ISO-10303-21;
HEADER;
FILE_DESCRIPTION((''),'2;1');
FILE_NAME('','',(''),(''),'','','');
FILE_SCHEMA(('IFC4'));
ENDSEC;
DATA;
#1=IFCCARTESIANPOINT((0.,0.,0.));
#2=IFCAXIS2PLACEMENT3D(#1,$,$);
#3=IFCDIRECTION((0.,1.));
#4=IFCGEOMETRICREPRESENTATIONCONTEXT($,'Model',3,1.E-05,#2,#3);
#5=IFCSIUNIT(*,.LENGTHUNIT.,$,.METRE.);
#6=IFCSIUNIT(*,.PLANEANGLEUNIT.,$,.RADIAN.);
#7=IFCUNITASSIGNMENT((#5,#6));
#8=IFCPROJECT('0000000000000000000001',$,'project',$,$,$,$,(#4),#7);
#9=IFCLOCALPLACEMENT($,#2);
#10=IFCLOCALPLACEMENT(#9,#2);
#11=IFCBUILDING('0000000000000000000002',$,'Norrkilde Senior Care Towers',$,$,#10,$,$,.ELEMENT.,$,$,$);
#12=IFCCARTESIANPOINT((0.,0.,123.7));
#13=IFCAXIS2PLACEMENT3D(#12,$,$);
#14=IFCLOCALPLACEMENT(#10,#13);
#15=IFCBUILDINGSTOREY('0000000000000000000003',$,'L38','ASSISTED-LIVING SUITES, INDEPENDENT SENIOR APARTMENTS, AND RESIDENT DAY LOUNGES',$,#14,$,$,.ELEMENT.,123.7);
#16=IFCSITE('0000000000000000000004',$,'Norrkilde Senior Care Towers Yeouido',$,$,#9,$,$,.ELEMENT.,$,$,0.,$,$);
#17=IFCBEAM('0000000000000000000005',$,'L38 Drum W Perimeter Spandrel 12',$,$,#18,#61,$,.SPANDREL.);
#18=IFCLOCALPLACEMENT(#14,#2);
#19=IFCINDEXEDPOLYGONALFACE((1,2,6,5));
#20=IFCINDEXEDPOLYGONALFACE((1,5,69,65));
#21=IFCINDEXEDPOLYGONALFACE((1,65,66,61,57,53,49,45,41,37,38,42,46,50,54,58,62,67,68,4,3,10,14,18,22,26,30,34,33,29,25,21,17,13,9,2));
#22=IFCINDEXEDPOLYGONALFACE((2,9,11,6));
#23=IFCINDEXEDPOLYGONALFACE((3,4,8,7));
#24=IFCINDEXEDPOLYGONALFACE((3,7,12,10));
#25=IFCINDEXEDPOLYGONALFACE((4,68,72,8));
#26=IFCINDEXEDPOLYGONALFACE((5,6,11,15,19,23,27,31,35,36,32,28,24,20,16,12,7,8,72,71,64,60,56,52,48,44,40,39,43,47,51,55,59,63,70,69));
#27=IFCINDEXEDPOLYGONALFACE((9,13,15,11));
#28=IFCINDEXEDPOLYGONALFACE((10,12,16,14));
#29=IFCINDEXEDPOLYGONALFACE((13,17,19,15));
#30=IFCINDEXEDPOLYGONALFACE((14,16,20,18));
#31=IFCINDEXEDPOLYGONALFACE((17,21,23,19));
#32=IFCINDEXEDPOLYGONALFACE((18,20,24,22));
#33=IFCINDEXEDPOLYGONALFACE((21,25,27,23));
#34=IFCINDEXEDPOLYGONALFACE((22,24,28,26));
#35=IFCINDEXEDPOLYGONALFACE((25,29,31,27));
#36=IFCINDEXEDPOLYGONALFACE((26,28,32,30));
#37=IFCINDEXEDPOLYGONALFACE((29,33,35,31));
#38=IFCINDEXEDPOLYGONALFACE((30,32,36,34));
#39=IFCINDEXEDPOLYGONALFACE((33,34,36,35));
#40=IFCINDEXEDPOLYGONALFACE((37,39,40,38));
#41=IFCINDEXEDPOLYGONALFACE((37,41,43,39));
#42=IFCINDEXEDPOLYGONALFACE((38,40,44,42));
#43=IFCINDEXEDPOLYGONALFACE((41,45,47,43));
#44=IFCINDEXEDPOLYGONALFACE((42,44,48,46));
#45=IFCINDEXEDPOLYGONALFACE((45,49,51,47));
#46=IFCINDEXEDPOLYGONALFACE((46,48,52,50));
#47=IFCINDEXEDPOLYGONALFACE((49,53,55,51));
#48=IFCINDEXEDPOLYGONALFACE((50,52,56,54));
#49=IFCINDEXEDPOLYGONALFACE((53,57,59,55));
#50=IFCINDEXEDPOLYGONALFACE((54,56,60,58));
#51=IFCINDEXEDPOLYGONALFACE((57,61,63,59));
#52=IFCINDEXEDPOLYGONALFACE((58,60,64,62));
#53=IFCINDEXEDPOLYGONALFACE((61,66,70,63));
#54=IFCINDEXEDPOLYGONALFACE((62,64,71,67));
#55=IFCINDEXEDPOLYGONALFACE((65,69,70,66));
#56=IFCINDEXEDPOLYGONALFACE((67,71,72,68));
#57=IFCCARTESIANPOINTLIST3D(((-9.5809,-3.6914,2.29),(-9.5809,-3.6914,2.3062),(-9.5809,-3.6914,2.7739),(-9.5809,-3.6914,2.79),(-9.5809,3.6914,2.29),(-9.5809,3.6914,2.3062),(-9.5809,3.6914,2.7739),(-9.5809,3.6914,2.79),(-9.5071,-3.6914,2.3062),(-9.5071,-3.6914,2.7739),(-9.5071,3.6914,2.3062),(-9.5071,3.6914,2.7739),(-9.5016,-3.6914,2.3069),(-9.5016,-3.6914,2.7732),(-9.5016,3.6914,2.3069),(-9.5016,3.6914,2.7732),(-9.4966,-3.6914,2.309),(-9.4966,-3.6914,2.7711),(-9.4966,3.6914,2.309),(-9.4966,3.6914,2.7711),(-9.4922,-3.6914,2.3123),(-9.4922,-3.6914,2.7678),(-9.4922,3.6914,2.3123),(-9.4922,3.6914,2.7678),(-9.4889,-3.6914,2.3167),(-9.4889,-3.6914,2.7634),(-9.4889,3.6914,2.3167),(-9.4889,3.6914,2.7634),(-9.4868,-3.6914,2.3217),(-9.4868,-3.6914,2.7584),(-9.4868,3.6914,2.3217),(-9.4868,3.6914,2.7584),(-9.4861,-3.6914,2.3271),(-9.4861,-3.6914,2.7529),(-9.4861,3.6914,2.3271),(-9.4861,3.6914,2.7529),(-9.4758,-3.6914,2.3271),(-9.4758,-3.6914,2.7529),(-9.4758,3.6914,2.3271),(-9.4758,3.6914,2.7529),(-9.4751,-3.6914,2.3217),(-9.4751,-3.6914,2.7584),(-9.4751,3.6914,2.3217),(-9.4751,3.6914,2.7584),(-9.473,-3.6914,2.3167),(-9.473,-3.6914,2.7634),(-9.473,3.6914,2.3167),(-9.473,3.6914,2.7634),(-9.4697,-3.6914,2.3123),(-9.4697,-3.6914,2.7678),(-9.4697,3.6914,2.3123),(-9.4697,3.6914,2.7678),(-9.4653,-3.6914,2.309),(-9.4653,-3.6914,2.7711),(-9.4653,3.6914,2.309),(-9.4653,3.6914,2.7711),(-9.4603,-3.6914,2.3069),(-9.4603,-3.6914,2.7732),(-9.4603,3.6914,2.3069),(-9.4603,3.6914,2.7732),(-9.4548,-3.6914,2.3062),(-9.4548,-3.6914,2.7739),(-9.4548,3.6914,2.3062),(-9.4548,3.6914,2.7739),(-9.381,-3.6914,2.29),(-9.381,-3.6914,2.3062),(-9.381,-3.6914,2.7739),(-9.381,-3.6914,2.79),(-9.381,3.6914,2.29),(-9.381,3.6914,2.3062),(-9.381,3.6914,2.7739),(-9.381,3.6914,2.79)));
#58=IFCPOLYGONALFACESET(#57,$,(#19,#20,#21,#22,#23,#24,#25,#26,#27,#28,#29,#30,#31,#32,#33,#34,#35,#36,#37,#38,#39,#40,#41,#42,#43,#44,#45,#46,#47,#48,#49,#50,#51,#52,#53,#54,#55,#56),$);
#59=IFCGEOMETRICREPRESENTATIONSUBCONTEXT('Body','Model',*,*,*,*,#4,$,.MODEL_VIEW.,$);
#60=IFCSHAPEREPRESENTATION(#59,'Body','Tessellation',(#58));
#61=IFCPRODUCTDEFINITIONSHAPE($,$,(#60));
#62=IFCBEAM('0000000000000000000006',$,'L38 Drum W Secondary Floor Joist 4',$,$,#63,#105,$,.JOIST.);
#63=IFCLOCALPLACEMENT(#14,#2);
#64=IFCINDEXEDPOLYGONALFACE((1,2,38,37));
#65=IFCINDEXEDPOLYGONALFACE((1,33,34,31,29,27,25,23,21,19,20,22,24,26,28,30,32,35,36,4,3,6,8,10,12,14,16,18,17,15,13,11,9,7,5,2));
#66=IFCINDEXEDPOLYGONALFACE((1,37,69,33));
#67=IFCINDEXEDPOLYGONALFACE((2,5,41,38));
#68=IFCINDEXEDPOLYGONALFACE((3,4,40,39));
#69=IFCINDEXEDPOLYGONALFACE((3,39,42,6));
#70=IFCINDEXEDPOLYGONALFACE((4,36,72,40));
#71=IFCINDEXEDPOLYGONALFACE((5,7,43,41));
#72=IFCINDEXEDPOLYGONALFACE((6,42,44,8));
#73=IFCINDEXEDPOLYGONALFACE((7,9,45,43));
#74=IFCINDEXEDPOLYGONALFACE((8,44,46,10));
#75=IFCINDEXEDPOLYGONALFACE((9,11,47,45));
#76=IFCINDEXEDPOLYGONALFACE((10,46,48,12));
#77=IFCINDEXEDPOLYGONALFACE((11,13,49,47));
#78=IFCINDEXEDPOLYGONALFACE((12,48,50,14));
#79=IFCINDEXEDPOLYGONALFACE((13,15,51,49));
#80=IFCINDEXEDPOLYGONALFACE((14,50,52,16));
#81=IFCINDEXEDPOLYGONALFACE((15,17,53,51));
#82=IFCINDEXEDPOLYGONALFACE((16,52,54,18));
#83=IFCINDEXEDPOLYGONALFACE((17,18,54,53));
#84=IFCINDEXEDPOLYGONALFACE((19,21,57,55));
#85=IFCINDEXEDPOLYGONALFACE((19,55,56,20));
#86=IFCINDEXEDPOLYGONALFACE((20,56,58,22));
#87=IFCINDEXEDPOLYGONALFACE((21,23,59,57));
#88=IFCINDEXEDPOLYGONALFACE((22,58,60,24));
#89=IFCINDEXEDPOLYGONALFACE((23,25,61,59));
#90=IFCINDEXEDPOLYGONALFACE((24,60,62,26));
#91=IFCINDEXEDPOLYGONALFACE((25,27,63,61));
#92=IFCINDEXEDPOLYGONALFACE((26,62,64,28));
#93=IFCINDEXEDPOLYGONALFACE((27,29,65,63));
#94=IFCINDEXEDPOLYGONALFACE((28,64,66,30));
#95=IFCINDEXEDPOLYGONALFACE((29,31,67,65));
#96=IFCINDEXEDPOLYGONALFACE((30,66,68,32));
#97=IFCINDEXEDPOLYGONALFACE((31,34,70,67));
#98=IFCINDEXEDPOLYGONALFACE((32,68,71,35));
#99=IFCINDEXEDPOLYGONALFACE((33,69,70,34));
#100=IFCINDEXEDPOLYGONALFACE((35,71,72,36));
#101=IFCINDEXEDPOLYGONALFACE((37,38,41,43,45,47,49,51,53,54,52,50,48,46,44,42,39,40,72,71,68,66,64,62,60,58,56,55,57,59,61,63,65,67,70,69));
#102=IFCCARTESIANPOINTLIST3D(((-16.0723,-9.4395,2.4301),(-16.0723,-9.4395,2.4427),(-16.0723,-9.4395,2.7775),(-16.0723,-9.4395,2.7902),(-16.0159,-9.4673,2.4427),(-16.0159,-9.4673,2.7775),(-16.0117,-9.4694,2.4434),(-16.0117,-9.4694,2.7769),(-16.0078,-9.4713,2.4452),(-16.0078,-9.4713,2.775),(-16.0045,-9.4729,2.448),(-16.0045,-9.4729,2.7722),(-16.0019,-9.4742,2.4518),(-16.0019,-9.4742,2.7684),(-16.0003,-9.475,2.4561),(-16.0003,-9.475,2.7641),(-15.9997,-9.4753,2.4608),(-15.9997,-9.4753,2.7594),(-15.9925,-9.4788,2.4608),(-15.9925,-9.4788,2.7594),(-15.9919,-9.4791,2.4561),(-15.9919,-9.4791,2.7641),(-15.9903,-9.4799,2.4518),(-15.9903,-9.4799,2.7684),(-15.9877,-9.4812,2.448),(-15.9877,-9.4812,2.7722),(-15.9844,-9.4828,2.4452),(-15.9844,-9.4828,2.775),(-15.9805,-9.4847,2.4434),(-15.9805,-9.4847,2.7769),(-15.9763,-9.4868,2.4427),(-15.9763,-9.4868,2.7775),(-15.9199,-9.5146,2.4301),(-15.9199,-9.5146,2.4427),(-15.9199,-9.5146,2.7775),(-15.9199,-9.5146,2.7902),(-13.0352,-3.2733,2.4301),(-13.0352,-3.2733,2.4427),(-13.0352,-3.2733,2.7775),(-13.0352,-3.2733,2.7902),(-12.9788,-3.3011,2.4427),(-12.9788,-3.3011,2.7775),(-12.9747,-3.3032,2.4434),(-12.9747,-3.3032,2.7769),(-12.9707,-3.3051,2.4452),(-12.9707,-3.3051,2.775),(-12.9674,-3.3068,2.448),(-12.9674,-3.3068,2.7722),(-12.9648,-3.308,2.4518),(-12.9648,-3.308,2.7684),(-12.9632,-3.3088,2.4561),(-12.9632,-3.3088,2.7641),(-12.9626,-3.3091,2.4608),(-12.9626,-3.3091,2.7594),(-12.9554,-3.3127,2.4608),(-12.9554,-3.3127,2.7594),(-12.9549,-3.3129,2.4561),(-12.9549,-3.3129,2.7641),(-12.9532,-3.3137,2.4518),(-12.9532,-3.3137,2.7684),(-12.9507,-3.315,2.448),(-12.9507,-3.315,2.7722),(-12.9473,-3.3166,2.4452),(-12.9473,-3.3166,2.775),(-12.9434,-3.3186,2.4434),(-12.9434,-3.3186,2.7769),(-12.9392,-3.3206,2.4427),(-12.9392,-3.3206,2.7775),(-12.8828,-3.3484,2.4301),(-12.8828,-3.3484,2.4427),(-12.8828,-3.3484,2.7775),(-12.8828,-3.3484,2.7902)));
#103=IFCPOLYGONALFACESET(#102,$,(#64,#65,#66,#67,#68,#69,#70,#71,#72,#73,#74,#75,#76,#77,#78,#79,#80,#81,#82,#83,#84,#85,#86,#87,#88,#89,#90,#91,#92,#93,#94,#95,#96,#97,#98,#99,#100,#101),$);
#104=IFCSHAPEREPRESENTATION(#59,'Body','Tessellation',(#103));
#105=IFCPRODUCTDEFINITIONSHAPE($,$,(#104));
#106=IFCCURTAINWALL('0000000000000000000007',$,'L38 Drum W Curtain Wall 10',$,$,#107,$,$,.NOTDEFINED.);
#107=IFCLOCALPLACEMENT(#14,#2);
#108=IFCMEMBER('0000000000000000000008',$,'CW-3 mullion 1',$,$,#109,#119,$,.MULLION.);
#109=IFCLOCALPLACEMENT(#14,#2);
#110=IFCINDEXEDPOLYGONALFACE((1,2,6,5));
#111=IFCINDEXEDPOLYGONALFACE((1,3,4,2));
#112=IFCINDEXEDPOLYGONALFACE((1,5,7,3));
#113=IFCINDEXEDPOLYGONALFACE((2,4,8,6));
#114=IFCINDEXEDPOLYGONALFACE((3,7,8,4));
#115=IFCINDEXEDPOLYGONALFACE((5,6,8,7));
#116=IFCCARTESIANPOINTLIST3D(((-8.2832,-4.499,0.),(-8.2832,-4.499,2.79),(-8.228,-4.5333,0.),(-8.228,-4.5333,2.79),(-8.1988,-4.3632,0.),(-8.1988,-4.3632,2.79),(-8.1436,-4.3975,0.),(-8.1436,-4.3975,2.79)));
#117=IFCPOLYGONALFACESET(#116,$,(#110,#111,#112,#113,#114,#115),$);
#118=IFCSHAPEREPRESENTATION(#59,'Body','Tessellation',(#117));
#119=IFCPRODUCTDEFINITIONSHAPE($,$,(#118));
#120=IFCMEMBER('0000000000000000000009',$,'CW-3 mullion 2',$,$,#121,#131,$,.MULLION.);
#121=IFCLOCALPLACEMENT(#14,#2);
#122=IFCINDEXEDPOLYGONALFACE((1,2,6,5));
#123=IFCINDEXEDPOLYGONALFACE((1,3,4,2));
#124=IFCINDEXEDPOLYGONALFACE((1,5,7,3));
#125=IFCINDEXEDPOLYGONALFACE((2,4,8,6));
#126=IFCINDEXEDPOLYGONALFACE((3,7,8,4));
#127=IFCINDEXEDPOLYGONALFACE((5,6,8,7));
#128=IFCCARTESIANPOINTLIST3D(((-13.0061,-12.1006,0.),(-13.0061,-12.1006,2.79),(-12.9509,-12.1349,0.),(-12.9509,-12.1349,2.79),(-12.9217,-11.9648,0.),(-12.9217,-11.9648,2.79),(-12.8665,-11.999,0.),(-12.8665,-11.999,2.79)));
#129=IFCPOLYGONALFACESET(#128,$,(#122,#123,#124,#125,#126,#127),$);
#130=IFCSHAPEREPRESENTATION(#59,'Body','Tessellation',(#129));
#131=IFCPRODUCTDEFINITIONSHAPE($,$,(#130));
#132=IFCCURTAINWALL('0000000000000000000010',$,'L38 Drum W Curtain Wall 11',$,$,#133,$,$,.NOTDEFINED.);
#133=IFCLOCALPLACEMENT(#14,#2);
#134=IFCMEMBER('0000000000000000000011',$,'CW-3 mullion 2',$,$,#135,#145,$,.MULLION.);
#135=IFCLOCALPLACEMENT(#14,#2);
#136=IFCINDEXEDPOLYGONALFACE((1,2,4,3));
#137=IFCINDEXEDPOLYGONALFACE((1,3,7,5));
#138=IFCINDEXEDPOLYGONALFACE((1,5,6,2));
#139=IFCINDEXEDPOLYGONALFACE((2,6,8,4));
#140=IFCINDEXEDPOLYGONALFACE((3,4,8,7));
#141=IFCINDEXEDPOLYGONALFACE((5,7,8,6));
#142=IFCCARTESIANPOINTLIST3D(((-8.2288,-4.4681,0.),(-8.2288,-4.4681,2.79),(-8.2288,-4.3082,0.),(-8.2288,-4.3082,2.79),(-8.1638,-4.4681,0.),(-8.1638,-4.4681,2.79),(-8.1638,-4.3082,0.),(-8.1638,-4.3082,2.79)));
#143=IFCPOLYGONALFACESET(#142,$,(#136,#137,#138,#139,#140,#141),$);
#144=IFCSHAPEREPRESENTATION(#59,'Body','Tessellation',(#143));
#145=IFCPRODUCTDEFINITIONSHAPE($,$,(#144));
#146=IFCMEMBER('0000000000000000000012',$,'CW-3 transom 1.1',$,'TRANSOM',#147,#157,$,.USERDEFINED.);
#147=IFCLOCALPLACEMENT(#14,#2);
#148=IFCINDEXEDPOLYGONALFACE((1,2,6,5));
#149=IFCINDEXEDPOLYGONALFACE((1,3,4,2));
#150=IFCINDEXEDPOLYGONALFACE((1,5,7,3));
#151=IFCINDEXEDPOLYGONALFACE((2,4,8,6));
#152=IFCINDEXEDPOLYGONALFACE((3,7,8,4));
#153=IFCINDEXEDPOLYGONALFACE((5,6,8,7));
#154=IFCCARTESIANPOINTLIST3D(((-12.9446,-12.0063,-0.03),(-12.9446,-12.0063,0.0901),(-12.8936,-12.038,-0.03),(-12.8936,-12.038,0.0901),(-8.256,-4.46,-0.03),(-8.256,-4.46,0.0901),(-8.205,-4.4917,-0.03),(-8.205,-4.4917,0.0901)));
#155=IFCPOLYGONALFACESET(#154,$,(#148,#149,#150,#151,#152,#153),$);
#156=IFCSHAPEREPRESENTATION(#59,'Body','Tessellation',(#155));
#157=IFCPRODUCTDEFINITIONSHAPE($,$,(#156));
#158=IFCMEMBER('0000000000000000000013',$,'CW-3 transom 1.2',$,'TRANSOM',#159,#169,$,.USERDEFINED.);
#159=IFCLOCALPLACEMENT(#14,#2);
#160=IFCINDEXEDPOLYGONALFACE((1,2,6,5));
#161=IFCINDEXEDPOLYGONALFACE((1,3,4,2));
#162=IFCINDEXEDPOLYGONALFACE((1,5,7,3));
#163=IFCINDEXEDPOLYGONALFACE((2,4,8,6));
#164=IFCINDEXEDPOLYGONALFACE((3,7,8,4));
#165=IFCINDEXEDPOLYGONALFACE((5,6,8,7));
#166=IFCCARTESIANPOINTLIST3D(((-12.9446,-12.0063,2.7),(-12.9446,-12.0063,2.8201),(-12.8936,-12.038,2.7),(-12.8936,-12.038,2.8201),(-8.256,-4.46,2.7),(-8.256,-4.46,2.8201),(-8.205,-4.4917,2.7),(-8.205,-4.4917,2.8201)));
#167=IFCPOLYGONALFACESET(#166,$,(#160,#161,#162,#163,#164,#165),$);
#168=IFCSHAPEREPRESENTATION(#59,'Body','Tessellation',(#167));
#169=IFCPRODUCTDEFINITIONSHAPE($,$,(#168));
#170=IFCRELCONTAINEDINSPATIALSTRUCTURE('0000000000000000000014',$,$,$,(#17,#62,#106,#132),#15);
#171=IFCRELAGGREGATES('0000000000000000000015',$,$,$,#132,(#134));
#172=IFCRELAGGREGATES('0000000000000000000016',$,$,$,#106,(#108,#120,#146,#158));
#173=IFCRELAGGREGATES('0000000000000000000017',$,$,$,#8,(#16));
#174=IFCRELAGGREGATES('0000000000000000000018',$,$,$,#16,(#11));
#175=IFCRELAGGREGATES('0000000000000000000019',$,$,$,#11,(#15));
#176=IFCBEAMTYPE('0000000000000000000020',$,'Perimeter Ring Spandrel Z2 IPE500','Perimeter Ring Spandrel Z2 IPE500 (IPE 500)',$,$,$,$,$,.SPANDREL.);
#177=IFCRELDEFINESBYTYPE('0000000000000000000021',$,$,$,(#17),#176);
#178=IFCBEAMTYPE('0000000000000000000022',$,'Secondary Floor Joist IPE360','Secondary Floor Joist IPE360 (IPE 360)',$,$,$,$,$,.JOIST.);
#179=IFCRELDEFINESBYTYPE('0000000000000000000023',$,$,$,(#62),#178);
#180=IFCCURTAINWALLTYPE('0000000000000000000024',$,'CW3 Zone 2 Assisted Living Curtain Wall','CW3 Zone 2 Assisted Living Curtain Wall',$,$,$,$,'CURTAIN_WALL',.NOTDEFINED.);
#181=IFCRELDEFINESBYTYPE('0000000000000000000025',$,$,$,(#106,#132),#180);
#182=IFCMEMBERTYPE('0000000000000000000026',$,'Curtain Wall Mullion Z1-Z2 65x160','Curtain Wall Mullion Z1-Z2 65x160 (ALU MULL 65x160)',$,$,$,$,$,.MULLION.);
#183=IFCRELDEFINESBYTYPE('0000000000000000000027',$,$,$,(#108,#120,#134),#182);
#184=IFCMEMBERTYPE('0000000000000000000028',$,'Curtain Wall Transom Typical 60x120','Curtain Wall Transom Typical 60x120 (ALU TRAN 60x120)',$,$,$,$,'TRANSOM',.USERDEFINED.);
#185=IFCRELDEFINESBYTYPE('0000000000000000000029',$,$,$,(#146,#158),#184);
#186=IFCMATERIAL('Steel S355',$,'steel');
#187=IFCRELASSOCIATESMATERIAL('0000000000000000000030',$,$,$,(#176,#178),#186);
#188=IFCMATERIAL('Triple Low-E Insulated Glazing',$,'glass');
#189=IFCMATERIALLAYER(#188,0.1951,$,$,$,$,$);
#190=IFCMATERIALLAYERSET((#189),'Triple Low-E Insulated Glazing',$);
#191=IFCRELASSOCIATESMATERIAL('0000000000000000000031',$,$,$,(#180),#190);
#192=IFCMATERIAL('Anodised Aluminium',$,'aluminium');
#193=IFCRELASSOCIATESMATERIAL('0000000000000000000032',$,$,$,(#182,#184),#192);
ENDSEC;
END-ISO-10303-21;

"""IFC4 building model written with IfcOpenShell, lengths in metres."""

from ifc_helpers import new_model, si_unit, direction, frame, origin, origin_2d, place, context, subcontext, project, spatial, rectangle, i_section, extrude, source, transform, mapped, material, layer, layer_set, material_profile, profile_set, type_object, type_shapes, element, aggregate, save


model = new_model("IFC4")

# Units and contexts
model_context = context("Model", 3, precision=1e-05, world=origin(), true_north=direction((0.0, 1.0)))
body_context = subcontext(model_context, "Body", "Model", "MODEL_VIEW")
ifc_project = project(units=[si_unit("LENGTHUNIT", "METRE"), si_unit("PLANEANGLEUNIT", "RADIAN")], contexts=[model_context])

# Site, building, storey
site_placement = place(None, origin())
site = spatial("IfcSite", under=ifc_project, at=site_placement, Name="Norrkilde Senior Care Towers Yeouido", CompositionType="ELEMENT", RefElevation=0.0)
building_placement = place(site_placement, origin())
building = spatial("IfcBuilding", under=site, at=building_placement, Name="Norrkilde Senior Care Towers", CompositionType="ELEMENT")
storey_placement = place(building_placement, frame((0.0, 0.0, 123.7)))
storey = spatial("IfcBuildingStorey", under=building, at=storey_placement, Name="L38", Description="ASSISTED-LIVING SUITES, INDEPENDENT SENIOR APARTMENTS, AND RESIDENT DAY LOUNGES", CompositionType="ELEMENT", Elevation=123.7)

# Beams
ifc_material_1 = material(Name="Steel S355", Category="steel")
ifc_material_profile_1 = material_profile(ifc_material_1, i_section(OverallWidth=0.2, OverallDepth=0.5, WebThickness=0.0103, FlangeThickness=0.0161, FilletRadius=0.021, at=origin_2d()), Name="IPE 500")
ifc_profile_set_1 = profile_set([ifc_material_profile_1], Name="Steel S355")
beam_type_1 = type_object("IfcBeamType", Name="Perimeter Ring Spandrel Z2 IPE500", Description="Perimeter Ring Spandrel Z2 IPE500 (IPE 500)", PredefinedType="SPANDREL", material=ifc_profile_set_1)
shared_shape_1 = source(origin(), body_context, "Body", "SweptSolid", [
    extrude(i_section(OverallWidth=0.2, OverallDepth=0.5, WebThickness=0.0103, FlangeThickness=0.0161, FilletRadius=0.021, at=origin_2d()), origin(), (0.0, 0.0, 1.0), 7.3828),
])
beam_1_placement = place(storey_placement, frame((-9.481, -3.6914, 2.54), z_axis=(0.0, 1.0, 0.0), x_axis=(-1.0, 0.0, 0.0)))
element("IfcBeam", 1, at=beam_1_placement, inside=storey, type_object=beam_type_1, Name="L38 Drum W Perimeter Spandrel 12", PredefinedType="SPANDREL", context=body_context, shape_type="MappedRepresentation", body=[
    mapped(shared_shape_1, transform((0.0, 0.0, 0.0), x_axis=(1.0, 0.0, 0.0), y_axis=(0.0, 1.0, 0.0), z_axis=(0.0, 0.0, 1.0), scale=1.0)),
])
ifc_material_profile_2 = material_profile(ifc_material_1, i_section(OverallWidth=0.1699, OverallDepth=0.3601, WebThickness=0.0081, FlangeThickness=0.0127, FilletRadius=0.0181, at=origin_2d()), Name="IPE 360")
ifc_profile_set_2 = profile_set([ifc_material_profile_2], Name="Steel S355")
beam_type_2 = type_object("IfcBeamType", Name="Secondary Floor Joist IPE360", Description="Secondary Floor Joist IPE360 (IPE 360)", PredefinedType="JOIST", material=ifc_profile_set_2)
shared_shape_2 = source(origin(), body_context, "Body", "SweptSolid", [
    extrude(i_section(OverallWidth=0.1699, OverallDepth=0.3601, WebThickness=0.0081, FlangeThickness=0.0127, FilletRadius=0.0181, at=origin_2d()), origin(), (0.0, 0.0, 1.0), 6.8735),
])
type_shapes(beam_type_2, [shared_shape_2])
beam_2_placement = place(storey_placement, frame((-15.9961, -9.4771, 2.6101), z_axis=(0.441849, 0.897089, 0.0), x_axis=(-0.897089, 0.441849, 0.0)))
element("IfcBeam", 2, at=beam_2_placement, inside=storey, type_object=beam_type_2, Name="L38 Drum W Secondary Floor Joist 4", PredefinedType="JOIST", context=body_context, shape_type="MappedRepresentation", body=[
    mapped(shared_shape_2, transform((0.0, 0.0, 0.0), x_axis=(1.0, 0.0, 0.0), y_axis=(0.0, 1.0, 0.0), z_axis=(0.0, 0.0, 1.0), scale=1.0)),
])

# Curtain wall, members
ifc_material_2 = material(Name="Triple Low-E Insulated Glazing", Category="glass")
ifc_layer_1 = layer(ifc_material_2, 0.1951)
ifc_layer_set_1 = layer_set([ifc_layer_1], Name="Triple Low-E Insulated Glazing")
curtain_wall_type = type_object("IfcCurtainWallType", Name="CW3 Zone 2 Assisted Living Curtain Wall", Description="CW3 Zone 2 Assisted Living Curtain Wall", ElementType="CURTAIN_WALL", PredefinedType="NOTDEFINED", material=ifc_layer_set_1)
curtain_wall_1_placement = place(storey_placement, origin())
curtain_wall_1 = element("IfcCurtainWall", 3, at=curtain_wall_1_placement, inside=storey, type_object=curtain_wall_type, Name="L38 Drum W Curtain Wall 10", PredefinedType="NOTDEFINED")
ifc_material_3 = material(Name="Anodised Aluminium", Category="aluminium")
ifc_material_profile_3 = material_profile(ifc_material_3, rectangle(XDim=0.0649, YDim=0.1599, at=origin_2d()), Name="ALU MULL 65x160")
ifc_profile_set_3 = profile_set([ifc_material_profile_3], Name="Anodised Aluminium")
member_type_1 = type_object("IfcMemberType", Name="Curtain Wall Mullion Z1-Z2 65x160", Description="Curtain Wall Mullion Z1-Z2 65x160 (ALU MULL 65x160)", PredefinedType="MULLION", material=ifc_profile_set_3)
shared_shape_3 = source(origin(), body_context, "Body", "SweptSolid", [
    extrude(rectangle(XDim=0.0649, YDim=0.1599, at=origin_2d()), origin(), (0.0, 0.0, 1.0), 2.79),
])
type_shapes(member_type_1, [shared_shape_3])
member_1_placement = place(storey_placement, frame((-8.2134, -4.4482, 0.0), z_axis=(0.0, 0.0, 1.0), x_axis=(0.84941, -0.527733, 0.0)))
member_1 = element("IfcMember", 4, at=member_1_placement, type_object=member_type_1, Name="CW-3 mullion 1", PredefinedType="MULLION", context=body_context, shape_type="MappedRepresentation", body=[
    mapped(shared_shape_3, transform((0.0, 0.0, 0.0), x_axis=(1.0, 0.0, 0.0), y_axis=(0.0, 1.0, 0.0), z_axis=(0.0, 0.0, 1.0), scale=1.0)),
])
member_2_placement = place(storey_placement, frame((-12.9363, -12.0498, 0.0), z_axis=(0.0, 0.0, 1.0), x_axis=(0.84941, -0.527733, 0.0)))
member_2 = element("IfcMember", 5, at=member_2_placement, type_object=member_type_1, Name="CW-3 mullion 2", PredefinedType="MULLION", context=body_context, shape_type="MappedRepresentation", body=[
    mapped(shared_shape_3, transform((0.0, 0.0, 0.0), x_axis=(1.0, 0.0, 0.0), y_axis=(0.0, 1.0, 0.0), z_axis=(0.0, 0.0, 1.0), scale=1.0)),
])

# Curtain wall, member
curtain_wall_2_placement = place(storey_placement, origin())
curtain_wall_2 = element("IfcCurtainWall", 6, at=curtain_wall_2_placement, inside=storey, type_object=curtain_wall_type, Name="L38 Drum W Curtain Wall 11", PredefinedType="NOTDEFINED")
member_3_placement = place(storey_placement, frame((-8.1963, -4.3882, 0.0), z_axis=(0.0, 0.0, 1.0), x_axis=(1.0, 0.0, 0.0)))
member_3 = element("IfcMember", 7, at=member_3_placement, type_object=member_type_1, Name="CW-3 mullion 2", PredefinedType="MULLION", context=body_context, shape_type="MappedRepresentation", body=[
    mapped(shared_shape_3, transform((0.0, 0.0, 0.0), x_axis=(1.0, 0.0, 0.0), y_axis=(0.0, 1.0, 0.0), z_axis=(0.0, 0.0, 1.0), scale=1.0)),
])
aggregate(curtain_wall_2, [member_3])

# Members
ifc_material_profile_4 = material_profile(ifc_material_3, rectangle(XDim=0.0601, YDim=0.1201, at=origin_2d()), Name="ALU TRAN 60x120")
ifc_profile_set_4 = profile_set([ifc_material_profile_4], Name="Anodised Aluminium")
member_type_2 = type_object("IfcMemberType", Name="Curtain Wall Transom Typical 60x120", Description="Curtain Wall Transom Typical 60x120 (ALU TRAN 60x120)", ElementType="TRANSOM", PredefinedType="USERDEFINED", material=ifc_profile_set_4)
shared_shape_4 = source(origin(), body_context, "Body", "SweptSolid", [
    extrude(rectangle(XDim=0.0601, YDim=0.1201, at=origin_2d()), origin(), (0.0, 0.0, 1.0), 8.8843),
])
type_shapes(member_type_2, [shared_shape_4])
member_4_placement = place(storey_placement, frame((-8.2305, -4.4758, 0.03), z_axis=(-0.527749, -0.8494, 0.0), x_axis=(0.8494, -0.527749, 0.0)))
member_4 = element("IfcMember", 8, at=member_4_placement, type_object=member_type_2, Name="CW-3 transom 1.1", ObjectType="TRANSOM", PredefinedType="USERDEFINED", context=body_context, shape_type="MappedRepresentation", body=[
    mapped(shared_shape_4, transform((0.0, 0.0, 0.0), x_axis=(1.0, 0.0, 0.0), y_axis=(0.0, 1.0, 0.0), z_axis=(0.0, 0.0, 1.0), scale=1.0)),
])
member_5_placement = place(storey_placement, frame((-8.2305, -4.4758, 2.76), z_axis=(-0.527749, -0.8494, 0.0), x_axis=(0.8494, -0.527749, 0.0)))
member_5 = element("IfcMember", 9, at=member_5_placement, type_object=member_type_2, Name="CW-3 transom 1.2", ObjectType="TRANSOM", PredefinedType="USERDEFINED", context=body_context, shape_type="MappedRepresentation", body=[
    mapped(shared_shape_4, transform((0.0, 0.0, 0.0), x_axis=(1.0, 0.0, 0.0), y_axis=(0.0, 1.0, 0.0), z_axis=(0.0, 0.0, 1.0), scale=1.0)),
])

aggregate(curtain_wall_1, [member_1, member_2, member_4, member_5])

save(model, "model.ifc")
